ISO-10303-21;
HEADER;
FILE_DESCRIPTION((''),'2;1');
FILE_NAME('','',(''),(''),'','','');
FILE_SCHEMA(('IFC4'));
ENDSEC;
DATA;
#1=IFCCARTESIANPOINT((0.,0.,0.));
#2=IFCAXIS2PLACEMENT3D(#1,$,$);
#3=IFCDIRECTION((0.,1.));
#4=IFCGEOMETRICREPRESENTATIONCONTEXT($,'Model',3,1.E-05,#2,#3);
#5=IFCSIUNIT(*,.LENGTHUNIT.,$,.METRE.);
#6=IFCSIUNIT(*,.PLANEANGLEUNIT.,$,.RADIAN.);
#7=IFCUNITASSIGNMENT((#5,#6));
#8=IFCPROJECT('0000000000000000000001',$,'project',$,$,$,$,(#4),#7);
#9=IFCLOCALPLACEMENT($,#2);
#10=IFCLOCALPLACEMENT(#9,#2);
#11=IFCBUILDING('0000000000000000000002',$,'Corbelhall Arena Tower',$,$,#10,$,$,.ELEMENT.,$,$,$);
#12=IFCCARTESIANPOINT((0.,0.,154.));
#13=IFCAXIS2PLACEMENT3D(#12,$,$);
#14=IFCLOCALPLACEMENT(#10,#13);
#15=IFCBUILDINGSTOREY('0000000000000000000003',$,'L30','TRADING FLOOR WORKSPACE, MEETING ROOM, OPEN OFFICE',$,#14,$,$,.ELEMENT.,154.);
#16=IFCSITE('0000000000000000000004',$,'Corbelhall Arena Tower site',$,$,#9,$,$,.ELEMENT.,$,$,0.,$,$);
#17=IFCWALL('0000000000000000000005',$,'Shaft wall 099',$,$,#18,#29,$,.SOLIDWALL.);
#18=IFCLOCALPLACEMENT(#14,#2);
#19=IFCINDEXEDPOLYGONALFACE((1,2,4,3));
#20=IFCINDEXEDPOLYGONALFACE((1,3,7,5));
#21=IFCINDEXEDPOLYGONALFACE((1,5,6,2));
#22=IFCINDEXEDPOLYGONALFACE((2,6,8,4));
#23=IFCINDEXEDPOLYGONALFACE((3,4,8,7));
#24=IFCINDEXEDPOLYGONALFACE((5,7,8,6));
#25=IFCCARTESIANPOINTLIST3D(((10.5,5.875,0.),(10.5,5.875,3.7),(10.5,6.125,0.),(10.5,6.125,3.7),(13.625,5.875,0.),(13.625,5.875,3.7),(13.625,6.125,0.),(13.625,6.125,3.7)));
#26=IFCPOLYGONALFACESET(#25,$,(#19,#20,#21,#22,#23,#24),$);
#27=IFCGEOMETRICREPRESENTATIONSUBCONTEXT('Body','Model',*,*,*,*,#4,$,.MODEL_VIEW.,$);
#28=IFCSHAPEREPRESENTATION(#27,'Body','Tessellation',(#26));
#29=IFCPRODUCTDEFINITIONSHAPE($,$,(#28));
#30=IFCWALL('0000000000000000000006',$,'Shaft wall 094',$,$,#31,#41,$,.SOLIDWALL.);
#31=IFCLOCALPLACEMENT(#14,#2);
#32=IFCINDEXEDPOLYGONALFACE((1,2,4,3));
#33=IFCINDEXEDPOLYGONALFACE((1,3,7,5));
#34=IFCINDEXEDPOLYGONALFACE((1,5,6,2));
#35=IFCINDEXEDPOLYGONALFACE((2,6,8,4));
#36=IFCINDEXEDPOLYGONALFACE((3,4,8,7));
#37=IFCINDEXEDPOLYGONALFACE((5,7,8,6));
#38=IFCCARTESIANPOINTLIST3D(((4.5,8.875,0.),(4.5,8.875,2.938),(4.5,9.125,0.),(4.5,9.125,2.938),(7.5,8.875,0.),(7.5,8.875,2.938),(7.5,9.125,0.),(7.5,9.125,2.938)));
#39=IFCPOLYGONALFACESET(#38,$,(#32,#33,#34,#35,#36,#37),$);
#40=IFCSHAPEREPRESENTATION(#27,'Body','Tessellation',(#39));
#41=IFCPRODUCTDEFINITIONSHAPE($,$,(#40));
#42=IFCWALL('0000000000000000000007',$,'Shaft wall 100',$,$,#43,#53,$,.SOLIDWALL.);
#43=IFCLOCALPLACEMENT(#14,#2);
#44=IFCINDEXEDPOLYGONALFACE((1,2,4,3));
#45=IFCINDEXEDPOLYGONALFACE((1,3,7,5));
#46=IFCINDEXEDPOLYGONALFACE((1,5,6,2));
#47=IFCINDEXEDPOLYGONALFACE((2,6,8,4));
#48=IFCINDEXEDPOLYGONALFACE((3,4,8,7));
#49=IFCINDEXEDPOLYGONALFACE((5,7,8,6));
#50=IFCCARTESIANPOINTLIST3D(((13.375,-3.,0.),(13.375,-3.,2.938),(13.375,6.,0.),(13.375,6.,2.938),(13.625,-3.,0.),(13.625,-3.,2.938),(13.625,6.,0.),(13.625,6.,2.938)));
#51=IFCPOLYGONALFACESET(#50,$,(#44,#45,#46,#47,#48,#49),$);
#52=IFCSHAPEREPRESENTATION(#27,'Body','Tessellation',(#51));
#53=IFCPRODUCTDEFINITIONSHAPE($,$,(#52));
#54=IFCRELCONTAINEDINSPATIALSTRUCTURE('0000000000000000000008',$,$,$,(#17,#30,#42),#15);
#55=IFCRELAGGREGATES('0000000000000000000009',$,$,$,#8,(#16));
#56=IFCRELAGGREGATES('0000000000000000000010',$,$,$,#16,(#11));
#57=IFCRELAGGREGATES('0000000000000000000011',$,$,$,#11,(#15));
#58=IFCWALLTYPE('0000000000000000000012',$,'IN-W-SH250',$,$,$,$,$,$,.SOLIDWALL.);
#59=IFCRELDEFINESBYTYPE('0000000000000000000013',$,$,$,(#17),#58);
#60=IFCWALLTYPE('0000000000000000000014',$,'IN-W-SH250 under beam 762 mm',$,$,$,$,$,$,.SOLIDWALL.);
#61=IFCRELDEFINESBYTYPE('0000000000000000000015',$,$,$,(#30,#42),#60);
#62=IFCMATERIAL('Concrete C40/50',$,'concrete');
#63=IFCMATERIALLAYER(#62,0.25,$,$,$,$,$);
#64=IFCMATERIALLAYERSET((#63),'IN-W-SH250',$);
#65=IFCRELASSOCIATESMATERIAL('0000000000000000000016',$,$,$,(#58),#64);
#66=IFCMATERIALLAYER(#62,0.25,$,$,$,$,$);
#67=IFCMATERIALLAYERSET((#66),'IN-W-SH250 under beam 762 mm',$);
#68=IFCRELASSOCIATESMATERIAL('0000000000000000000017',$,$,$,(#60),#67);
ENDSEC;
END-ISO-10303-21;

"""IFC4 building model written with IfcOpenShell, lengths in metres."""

from ifc_helpers import new_model, si_unit, direction, frame, frame_2d, origin, place, context, subcontext, project, spatial, rectangle, extrude, material, layer, layer_set, type_object, element, save


model = new_model("IFC4")

# Units and contexts
model_context = context("Model", 3, precision=1e-05, world=origin(), true_north=direction((0.0, 1.0)))
body_context = subcontext(model_context, "Body", "Model", "MODEL_VIEW")
ifc_project = project(units=[si_unit("LENGTHUNIT", "METRE"), si_unit("PLANEANGLEUNIT", "RADIAN")], contexts=[model_context])

# Site, building, storey
site_placement = place(None, origin())
site = spatial("IfcSite", under=ifc_project, at=site_placement, Name="Corbelhall Arena Tower site", CompositionType="ELEMENT", RefElevation=0.0)
building_placement = place(site_placement, origin())
building = spatial("IfcBuilding", under=site, at=building_placement, Name="Corbelhall Arena Tower", CompositionType="ELEMENT")
storey_placement = place(building_placement, frame((0.0, 0.0, 154.0)))
storey = spatial("IfcBuildingStorey", under=building, at=storey_placement, Name="L30", Description="TRADING FLOOR WORKSPACE, MEETING ROOM, OPEN OFFICE", CompositionType="ELEMENT", Elevation=154.0)

# Shared definitions
ifc_material_1 = material(Name="Concrete C40/50", Category="concrete")
ifc_layer_1 = layer(ifc_material_1, 0.25)
ifc_layer_set_1 = layer_set([ifc_layer_1], Name="IN-W-SH250")
wall_type_1 = type_object("IfcWallType", Name="IN-W-SH250", PredefinedType="SOLIDWALL", material=ifc_layer_set_1)

# Walls
wall_1_placement = place(storey_placement, frame((10.5, 6.0, 0.0), z_axis=(0.0, 0.0, 1.0), x_axis=(1.0, 0.0, 0.0)))
element("IfcWall", 1, at=wall_1_placement, inside=storey, type_object=wall_type_1, Name="Shaft wall 099", PredefinedType="SOLIDWALL", context=body_context, shape_type="SweptSolid", body=[
    extrude(rectangle(XDim=3.125, YDim=0.25, at=frame_2d((1.5625, 0.0))), origin(), (0.0, 0.0, 1.0), 3.7),
])
ifc_layer_2 = layer(ifc_material_1, 0.25)
ifc_layer_set_2 = layer_set([ifc_layer_2], Name="IN-W-SH250 under beam 762 mm")
wall_type_2 = type_object("IfcWallType", Name="IN-W-SH250 under beam 762 mm", PredefinedType="SOLIDWALL", material=ifc_layer_set_2)
wall_2_placement = place(storey_placement, frame((4.5, 9.0, 0.0), z_axis=(0.0, 0.0, 1.0), x_axis=(1.0, 0.0, 0.0)))
element("IfcWall", 2, at=wall_2_placement, inside=storey, type_object=wall_type_2, Name="Shaft wall 094", PredefinedType="SOLIDWALL", context=body_context, shape_type="SweptSolid", body=[
    extrude(rectangle(XDim=3.0, YDim=0.25, at=frame_2d((1.5, 0.0))), origin(), (0.0, 0.0, 1.0), 2.938),
])
wall_3_placement = place(storey_placement, frame((13.5, 6.0, 0.0), z_axis=(0.0, 0.0, 1.0), x_axis=(0.0, -1.0, 0.0)))
element("IfcWall", 3, at=wall_3_placement, inside=storey, type_object=wall_type_2, Name="Shaft wall 100", PredefinedType="SOLIDWALL", context=body_context, shape_type="SweptSolid", body=[
    extrude(rectangle(XDim=9.0, YDim=0.25, at=frame_2d((4.5, 0.0))), origin(), (0.0, 0.0, 1.0), 2.938),
])

save(model, "model.ifc")
